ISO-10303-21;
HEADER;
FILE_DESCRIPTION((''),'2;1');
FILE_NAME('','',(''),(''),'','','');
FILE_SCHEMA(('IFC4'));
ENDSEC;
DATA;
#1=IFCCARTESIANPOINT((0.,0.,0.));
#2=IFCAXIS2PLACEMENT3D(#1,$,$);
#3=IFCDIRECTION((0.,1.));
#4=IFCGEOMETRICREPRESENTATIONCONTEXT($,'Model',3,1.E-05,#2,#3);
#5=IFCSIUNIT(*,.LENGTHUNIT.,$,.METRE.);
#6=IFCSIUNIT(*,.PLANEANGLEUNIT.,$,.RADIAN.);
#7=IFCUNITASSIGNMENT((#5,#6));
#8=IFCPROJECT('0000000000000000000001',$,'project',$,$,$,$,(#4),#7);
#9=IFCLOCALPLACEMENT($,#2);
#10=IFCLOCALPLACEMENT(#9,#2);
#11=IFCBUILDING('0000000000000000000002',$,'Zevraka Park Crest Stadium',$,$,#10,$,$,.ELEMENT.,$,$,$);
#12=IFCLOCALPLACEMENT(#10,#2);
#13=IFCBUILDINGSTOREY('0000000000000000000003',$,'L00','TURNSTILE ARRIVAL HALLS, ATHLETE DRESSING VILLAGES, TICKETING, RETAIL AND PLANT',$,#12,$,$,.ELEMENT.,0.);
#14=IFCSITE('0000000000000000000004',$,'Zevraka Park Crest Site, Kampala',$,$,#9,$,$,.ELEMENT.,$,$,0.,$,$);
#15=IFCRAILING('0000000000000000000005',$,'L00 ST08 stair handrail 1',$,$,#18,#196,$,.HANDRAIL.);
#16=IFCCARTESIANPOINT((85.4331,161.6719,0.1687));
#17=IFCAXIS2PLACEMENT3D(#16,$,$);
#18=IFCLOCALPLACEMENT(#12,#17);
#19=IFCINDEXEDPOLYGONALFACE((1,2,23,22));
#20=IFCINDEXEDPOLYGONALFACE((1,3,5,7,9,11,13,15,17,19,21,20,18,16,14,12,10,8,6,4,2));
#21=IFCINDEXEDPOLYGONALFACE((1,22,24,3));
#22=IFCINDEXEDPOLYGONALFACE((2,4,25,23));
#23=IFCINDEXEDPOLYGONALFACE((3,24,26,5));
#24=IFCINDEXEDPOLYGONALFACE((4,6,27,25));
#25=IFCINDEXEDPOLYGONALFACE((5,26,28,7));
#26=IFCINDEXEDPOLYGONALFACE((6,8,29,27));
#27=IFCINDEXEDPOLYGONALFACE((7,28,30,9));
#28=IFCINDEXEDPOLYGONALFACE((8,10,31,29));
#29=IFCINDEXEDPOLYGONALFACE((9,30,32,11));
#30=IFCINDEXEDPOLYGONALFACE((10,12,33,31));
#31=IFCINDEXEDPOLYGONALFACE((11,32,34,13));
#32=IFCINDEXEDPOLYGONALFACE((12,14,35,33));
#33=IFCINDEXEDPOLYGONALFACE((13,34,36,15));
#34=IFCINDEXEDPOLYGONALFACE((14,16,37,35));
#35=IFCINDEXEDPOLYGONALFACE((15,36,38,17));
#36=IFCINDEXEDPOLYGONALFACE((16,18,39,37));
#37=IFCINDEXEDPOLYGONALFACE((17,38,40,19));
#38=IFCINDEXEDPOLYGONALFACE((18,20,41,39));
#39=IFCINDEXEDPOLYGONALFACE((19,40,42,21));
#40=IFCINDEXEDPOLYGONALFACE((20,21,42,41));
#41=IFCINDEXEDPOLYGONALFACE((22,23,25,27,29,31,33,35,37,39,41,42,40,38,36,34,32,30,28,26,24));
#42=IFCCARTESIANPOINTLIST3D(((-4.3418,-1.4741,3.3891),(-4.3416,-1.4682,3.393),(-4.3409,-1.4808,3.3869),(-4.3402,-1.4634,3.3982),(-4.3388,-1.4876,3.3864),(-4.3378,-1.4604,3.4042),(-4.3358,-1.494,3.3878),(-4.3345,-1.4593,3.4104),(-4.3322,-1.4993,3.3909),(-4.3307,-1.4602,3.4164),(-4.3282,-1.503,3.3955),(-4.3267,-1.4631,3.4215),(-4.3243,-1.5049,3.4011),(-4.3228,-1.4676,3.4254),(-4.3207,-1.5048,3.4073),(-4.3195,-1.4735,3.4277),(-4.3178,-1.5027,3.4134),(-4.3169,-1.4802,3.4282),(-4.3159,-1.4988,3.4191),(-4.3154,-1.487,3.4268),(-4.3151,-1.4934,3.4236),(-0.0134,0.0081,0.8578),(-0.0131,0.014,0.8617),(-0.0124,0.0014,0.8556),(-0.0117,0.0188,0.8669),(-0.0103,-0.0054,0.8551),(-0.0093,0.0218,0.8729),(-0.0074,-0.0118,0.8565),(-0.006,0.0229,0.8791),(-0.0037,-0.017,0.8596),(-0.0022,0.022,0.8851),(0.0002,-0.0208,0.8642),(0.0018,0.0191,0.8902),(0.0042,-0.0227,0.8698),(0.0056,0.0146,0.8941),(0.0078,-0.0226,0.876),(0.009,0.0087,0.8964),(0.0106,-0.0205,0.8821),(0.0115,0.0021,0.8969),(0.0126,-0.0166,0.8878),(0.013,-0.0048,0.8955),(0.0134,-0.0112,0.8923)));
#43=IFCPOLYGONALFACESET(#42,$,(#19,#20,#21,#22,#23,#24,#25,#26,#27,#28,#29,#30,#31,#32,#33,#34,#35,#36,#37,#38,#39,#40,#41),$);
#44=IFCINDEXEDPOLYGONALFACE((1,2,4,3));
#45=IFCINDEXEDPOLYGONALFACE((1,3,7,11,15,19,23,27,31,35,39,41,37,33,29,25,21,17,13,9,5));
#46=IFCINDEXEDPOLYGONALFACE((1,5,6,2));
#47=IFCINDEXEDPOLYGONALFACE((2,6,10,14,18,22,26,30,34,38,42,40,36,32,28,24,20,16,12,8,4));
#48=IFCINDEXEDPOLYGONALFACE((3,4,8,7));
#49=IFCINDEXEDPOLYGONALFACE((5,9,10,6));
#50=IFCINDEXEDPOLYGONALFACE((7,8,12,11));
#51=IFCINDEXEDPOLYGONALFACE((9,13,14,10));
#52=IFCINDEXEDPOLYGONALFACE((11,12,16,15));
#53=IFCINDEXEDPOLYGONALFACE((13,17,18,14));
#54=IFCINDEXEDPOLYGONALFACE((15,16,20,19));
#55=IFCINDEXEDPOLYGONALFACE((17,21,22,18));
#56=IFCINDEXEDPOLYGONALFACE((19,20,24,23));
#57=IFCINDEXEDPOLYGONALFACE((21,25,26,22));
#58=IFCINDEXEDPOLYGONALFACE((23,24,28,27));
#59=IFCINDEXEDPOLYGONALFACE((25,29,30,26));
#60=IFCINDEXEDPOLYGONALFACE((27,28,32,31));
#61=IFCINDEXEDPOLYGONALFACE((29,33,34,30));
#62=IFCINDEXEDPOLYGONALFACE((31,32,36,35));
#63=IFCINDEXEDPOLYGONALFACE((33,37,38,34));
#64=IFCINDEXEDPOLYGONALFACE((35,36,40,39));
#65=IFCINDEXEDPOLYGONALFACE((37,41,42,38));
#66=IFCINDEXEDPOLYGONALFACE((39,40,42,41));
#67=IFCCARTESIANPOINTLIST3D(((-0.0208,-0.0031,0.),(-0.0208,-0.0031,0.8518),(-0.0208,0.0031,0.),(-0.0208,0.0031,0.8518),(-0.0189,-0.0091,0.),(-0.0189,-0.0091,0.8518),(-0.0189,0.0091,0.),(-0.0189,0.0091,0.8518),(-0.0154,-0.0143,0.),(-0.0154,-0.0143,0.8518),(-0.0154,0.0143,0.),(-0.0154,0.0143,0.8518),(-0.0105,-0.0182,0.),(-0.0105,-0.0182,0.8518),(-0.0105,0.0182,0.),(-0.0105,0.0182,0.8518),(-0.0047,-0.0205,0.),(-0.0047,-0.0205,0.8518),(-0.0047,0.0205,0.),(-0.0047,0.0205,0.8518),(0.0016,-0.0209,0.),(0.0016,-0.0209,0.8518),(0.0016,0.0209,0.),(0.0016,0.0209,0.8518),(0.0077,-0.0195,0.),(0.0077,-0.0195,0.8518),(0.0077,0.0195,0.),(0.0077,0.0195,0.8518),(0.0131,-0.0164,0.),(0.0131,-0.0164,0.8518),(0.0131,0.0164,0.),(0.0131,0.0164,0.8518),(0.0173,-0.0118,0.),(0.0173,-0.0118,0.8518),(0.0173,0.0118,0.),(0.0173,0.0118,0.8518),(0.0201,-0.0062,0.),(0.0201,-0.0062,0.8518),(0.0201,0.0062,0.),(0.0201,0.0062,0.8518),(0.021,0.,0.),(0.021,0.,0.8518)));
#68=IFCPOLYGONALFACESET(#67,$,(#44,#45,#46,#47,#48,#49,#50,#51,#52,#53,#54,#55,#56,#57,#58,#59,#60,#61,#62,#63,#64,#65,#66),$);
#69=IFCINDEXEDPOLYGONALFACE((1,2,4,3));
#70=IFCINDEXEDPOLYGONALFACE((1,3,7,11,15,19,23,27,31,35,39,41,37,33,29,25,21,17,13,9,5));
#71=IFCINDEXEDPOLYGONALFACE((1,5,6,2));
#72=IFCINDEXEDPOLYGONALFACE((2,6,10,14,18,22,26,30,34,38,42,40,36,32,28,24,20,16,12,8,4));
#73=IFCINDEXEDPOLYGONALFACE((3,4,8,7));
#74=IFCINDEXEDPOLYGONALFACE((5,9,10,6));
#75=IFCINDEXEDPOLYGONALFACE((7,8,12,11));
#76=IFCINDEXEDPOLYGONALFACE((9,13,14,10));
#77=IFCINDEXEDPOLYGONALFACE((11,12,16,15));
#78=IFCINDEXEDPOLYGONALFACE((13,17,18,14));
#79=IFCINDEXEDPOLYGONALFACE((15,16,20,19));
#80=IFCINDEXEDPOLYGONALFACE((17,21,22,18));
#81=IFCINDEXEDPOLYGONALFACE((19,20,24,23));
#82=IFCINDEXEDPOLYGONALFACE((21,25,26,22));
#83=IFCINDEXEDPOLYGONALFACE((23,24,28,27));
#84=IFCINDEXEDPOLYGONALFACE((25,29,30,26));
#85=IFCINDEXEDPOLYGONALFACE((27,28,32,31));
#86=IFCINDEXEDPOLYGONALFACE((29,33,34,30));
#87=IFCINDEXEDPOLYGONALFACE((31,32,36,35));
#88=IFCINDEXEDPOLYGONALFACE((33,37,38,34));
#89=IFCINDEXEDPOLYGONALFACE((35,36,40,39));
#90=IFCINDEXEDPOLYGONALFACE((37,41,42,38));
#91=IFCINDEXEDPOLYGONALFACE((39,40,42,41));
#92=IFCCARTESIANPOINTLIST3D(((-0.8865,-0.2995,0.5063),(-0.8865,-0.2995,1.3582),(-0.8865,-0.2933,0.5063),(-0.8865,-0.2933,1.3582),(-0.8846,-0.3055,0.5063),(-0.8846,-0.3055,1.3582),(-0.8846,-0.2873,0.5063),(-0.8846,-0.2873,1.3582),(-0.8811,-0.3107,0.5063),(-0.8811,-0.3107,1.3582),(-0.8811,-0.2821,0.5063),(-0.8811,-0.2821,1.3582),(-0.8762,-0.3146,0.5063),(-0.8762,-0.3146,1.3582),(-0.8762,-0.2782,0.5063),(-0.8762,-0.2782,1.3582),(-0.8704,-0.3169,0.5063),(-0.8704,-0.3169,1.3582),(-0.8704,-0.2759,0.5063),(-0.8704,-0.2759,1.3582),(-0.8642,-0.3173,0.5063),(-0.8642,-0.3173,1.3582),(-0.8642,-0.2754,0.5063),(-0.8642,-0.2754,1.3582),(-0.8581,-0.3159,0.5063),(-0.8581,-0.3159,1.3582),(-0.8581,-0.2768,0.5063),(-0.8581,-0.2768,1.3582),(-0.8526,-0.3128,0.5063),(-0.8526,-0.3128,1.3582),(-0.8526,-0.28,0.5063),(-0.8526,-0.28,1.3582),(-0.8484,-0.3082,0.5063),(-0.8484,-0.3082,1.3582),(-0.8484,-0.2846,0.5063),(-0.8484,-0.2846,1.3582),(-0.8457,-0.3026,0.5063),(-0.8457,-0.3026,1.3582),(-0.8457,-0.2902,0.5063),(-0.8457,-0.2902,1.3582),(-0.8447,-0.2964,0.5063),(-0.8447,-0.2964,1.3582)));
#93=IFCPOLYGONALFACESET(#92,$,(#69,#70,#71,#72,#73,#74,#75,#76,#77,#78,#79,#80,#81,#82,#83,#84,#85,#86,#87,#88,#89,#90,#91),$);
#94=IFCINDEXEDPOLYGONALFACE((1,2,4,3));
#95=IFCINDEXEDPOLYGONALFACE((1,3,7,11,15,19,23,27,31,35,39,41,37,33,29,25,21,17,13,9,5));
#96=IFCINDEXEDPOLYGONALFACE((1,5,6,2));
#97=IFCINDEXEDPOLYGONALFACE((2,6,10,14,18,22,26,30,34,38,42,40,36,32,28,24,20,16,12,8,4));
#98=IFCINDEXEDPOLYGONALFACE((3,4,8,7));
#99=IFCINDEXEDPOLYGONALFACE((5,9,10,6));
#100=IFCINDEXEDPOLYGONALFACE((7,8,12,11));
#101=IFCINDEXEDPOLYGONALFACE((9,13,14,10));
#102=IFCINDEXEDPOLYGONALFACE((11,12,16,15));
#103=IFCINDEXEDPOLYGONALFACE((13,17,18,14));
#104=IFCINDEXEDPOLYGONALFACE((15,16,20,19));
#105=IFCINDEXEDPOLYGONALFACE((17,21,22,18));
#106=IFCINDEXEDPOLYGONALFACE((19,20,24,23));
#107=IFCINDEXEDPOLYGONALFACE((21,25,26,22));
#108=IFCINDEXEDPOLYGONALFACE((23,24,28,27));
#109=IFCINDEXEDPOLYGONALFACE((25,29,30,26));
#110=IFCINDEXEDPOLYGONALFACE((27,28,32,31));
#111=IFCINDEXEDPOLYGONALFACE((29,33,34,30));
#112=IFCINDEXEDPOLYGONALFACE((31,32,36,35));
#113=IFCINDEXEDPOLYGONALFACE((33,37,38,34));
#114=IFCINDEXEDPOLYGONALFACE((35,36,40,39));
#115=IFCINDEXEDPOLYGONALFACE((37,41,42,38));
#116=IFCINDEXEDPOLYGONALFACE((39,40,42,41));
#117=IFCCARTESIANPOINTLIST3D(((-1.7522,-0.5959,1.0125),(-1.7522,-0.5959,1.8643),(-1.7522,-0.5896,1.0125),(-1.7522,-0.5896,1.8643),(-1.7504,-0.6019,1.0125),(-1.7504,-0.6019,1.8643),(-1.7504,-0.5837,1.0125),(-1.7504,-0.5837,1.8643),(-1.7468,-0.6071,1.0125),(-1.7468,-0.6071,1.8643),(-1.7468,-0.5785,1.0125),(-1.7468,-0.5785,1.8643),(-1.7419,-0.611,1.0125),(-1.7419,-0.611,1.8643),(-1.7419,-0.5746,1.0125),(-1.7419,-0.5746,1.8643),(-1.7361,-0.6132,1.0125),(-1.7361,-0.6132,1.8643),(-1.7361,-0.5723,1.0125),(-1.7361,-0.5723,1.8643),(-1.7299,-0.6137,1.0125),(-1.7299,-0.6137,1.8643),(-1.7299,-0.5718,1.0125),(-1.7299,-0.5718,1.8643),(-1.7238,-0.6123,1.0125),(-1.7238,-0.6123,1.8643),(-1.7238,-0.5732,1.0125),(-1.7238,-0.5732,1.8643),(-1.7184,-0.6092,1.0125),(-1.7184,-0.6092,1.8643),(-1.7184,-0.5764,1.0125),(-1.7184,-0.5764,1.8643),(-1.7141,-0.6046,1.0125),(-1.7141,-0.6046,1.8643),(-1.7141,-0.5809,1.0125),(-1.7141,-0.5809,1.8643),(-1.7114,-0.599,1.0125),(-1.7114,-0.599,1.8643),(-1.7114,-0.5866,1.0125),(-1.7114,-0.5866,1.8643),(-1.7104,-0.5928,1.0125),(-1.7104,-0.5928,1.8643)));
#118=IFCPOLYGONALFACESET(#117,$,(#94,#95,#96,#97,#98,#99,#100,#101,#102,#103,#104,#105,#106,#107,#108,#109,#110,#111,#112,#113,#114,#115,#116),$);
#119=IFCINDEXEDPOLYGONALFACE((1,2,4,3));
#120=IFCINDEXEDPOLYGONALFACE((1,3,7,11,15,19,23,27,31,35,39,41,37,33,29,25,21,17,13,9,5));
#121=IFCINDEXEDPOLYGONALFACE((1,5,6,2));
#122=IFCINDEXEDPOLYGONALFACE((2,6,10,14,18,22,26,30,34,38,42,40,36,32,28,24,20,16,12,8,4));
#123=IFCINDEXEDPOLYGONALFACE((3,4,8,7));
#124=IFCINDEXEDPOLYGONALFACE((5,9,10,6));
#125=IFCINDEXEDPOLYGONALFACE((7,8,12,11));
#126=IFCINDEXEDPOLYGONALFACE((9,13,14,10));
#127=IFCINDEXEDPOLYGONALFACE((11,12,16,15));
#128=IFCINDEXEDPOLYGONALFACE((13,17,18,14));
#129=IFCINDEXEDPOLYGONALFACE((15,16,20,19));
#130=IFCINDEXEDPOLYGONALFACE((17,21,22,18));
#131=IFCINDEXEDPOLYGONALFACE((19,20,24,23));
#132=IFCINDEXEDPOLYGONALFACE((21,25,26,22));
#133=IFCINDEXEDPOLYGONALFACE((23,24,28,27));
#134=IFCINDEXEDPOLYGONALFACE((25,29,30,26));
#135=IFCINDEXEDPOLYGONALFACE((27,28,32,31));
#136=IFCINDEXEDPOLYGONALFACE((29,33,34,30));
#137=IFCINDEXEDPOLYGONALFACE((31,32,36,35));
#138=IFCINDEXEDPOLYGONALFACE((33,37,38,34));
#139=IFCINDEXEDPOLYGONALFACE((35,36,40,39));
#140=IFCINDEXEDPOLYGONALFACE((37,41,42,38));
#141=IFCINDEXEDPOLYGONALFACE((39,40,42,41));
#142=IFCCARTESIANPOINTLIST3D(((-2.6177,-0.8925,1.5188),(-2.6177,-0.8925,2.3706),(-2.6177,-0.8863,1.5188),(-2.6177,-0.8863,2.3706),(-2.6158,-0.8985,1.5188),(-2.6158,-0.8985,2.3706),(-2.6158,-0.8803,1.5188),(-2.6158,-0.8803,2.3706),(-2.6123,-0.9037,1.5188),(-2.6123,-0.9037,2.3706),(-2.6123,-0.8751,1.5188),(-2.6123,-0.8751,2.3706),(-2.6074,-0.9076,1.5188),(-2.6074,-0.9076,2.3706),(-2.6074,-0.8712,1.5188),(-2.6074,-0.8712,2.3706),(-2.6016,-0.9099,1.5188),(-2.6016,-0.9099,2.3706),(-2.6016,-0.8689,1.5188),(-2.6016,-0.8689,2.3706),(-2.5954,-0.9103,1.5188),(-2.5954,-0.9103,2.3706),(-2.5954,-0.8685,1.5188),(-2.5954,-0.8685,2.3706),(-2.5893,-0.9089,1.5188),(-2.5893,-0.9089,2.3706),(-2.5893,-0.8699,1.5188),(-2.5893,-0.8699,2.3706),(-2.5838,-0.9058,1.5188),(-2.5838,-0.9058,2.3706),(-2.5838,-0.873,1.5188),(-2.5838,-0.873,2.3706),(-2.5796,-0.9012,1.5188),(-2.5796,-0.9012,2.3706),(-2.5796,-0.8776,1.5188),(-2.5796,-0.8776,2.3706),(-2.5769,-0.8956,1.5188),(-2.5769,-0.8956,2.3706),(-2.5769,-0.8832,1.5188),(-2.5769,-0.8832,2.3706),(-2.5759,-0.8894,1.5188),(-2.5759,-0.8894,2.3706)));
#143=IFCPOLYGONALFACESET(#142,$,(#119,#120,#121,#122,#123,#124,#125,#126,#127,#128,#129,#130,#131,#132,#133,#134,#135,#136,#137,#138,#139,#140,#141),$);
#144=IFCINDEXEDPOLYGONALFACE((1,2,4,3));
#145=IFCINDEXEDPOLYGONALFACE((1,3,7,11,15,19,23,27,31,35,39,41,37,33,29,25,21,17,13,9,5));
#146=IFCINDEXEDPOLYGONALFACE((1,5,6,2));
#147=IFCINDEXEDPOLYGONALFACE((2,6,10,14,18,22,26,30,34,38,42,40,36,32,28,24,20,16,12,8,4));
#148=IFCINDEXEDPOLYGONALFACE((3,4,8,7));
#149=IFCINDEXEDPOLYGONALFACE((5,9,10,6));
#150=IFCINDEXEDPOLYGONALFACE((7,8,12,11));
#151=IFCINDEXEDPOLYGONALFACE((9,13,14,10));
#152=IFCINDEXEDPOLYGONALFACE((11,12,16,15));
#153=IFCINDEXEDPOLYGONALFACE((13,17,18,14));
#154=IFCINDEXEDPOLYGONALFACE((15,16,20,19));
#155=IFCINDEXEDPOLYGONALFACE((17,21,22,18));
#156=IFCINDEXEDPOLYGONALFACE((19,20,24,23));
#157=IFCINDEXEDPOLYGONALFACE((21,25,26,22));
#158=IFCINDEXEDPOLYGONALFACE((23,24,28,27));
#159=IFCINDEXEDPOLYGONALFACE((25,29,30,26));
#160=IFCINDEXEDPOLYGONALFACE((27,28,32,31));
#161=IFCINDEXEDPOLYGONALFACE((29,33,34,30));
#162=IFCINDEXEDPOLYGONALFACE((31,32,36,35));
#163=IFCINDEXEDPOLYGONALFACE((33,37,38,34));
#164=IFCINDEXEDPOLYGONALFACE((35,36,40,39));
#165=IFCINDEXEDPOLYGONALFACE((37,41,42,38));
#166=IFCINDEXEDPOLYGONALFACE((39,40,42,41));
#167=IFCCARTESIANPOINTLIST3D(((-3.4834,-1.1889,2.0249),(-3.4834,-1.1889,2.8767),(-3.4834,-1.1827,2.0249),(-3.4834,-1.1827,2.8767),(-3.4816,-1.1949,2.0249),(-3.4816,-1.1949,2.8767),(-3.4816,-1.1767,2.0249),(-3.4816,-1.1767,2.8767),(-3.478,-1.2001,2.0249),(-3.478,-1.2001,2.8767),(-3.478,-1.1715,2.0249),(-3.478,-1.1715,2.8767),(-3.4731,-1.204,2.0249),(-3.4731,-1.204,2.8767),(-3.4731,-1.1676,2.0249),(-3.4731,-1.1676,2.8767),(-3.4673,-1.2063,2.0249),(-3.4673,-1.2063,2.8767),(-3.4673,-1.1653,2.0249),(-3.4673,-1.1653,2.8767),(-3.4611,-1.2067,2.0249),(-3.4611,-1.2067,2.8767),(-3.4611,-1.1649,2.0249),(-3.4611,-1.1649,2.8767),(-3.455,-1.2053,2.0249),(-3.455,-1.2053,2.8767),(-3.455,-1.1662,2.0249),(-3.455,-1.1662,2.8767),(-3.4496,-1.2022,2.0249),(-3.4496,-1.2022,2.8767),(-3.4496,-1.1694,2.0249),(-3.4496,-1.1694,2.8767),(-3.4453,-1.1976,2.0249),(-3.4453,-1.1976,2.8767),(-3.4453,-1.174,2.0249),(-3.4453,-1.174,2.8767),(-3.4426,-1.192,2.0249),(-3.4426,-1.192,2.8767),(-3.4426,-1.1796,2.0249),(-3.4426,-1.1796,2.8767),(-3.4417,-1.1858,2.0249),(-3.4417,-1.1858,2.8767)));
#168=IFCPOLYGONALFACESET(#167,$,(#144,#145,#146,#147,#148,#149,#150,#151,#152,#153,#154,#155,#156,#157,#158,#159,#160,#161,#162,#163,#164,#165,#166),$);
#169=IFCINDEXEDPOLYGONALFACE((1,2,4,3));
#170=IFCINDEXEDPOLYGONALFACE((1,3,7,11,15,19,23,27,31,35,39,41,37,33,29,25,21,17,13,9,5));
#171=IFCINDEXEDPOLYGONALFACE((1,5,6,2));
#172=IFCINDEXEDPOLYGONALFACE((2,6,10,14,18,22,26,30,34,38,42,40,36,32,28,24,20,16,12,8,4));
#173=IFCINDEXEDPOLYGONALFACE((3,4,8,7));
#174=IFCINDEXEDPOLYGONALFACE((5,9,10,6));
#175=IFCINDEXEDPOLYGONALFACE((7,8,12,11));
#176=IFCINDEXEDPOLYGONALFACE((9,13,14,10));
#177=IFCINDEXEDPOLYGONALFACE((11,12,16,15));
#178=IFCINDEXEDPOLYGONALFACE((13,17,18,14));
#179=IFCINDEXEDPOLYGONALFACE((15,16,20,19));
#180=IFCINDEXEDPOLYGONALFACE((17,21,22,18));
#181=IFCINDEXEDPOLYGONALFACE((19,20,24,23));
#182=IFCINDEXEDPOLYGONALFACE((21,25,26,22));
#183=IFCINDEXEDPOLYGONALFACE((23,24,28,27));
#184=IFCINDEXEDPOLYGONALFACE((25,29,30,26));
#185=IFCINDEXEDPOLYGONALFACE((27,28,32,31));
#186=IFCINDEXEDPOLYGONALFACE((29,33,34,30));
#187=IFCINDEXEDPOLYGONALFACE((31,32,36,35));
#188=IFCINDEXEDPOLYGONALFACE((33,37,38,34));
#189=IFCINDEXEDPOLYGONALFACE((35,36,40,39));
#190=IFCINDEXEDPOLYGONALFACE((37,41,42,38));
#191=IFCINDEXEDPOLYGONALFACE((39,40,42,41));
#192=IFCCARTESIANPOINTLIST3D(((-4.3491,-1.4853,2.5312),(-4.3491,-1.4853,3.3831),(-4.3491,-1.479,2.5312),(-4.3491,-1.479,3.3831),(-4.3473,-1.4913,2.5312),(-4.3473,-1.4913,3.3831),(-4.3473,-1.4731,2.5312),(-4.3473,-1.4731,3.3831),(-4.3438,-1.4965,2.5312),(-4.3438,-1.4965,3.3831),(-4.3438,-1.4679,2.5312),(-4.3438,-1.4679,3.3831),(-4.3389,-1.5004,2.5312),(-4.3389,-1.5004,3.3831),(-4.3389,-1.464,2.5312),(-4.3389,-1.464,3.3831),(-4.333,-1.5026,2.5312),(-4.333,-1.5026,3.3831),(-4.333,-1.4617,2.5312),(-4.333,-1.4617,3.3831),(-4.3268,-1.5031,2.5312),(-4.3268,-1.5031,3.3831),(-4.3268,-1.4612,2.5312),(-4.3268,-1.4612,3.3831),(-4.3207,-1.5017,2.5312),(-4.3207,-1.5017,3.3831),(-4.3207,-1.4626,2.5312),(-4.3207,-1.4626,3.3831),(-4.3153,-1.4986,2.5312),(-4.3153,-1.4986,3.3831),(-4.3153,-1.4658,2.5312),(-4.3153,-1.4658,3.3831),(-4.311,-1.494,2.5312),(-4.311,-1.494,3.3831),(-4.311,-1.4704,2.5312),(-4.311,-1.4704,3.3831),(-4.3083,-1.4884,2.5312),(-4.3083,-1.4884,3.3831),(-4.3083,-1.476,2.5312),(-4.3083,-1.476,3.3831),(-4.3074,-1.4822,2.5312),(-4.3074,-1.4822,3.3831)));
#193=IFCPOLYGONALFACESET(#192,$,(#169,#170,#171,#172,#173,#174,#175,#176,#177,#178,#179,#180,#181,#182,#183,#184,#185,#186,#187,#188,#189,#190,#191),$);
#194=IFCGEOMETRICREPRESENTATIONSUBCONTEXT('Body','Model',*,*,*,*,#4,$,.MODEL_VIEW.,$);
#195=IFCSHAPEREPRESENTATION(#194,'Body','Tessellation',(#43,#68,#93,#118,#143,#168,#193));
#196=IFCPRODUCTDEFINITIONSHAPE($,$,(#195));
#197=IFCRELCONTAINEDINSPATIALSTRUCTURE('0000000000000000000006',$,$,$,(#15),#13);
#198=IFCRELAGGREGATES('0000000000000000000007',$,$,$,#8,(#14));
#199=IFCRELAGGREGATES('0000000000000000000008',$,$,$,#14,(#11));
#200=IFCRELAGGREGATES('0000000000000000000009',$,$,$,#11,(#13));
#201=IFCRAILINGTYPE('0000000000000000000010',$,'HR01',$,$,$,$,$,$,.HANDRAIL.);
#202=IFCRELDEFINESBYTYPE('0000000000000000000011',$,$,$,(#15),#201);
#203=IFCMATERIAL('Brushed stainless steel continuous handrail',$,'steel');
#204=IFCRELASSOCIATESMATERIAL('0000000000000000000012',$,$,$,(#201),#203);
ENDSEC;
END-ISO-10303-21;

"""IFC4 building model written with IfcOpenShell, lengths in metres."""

from ifc_helpers import new_model, si_unit, direction, frame, origin, origin_2d, place, context, subcontext, project, spatial, circle, extrude, material, type_object, element, save


model = new_model("IFC4")

# Units and contexts
model_context = context("Model", 3, precision=1e-05, world=origin(), true_north=direction((0.0, 1.0)))
body_context = subcontext(model_context, "Body", "Model", "MODEL_VIEW")
ifc_project = project(units=[si_unit("LENGTHUNIT", "METRE"), si_unit("PLANEANGLEUNIT", "RADIAN")], contexts=[model_context])

# Site, building, storey
site_placement = place(None, origin())
site = spatial("IfcSite", under=ifc_project, at=site_placement, Name="Zevraka Park Crest Site, Kampala", CompositionType="ELEMENT", RefElevation=0.0)
building_placement = place(site_placement, origin())
building = spatial("IfcBuilding", under=site, at=building_placement, Name="Zevraka Park Crest Stadium", CompositionType="ELEMENT")
storey_placement = place(building_placement, origin())
storey = spatial("IfcBuildingStorey", under=building, at=storey_placement, Name="L00", Description="TURNSTILE ARRIVAL HALLS, ATHLETE DRESSING VILLAGES, TICKETING, RETAIL AND PLANT", CompositionType="ELEMENT", Elevation=0.0)

# Railing
ifc_material_1 = material(Name="Brushed stainless steel continuous handrail", Category="steel")
railing_type_1 = type_object("IfcRailingType", Name="HR01", PredefinedType="HANDRAIL", material=ifc_material_1)
railing_1_placement = place(storey_placement, frame((85.4331, 161.6719, 0.1687)))
element("IfcRailing", 1, at=railing_1_placement, inside=storey, type_object=railing_type_1, Name="L00 ST08 stair handrail 1", PredefinedType="HANDRAIL", context=body_context, shape_type="SweptSolid", body=[
    extrude(circle(Radius=0.0239, at=origin_2d()), frame((0.0, 0.0, 0.876), z_axis=(-0.827817, -0.283472, 0.484111), x_axis=(0.323965, -0.946069, 0.0)), (0.0, 0.0, 1.0), 5.2288),
    extrude(circle(Radius=0.021, at=origin_2d()), origin(), (0.0, 0.0, 1.0), 0.8518),
    extrude(circle(Radius=0.021, at=origin_2d()), frame((-0.8657, -0.2964, 0.5063)), (0.0, 0.0, 1.0), 0.8518),
    extrude(circle(Radius=0.021, at=origin_2d()), frame((-1.7314, -0.5928, 1.0125)), (0.0, 0.0, 1.0), 0.8518),
    extrude(circle(Radius=0.021, at=origin_2d()), frame((-2.5969, -0.8894, 1.5188)), (0.0, 0.0, 1.0), 0.8518),
    extrude(circle(Radius=0.021, at=origin_2d()), frame((-3.4626, -1.1858, 2.0249)), (0.0, 0.0, 1.0), 0.8518),
    extrude(circle(Radius=0.021, at=origin_2d()), frame((-4.3284, -1.4822, 2.5312)), (0.0, 0.0, 1.0), 0.8518),
])

save(model, "model.ifc")
